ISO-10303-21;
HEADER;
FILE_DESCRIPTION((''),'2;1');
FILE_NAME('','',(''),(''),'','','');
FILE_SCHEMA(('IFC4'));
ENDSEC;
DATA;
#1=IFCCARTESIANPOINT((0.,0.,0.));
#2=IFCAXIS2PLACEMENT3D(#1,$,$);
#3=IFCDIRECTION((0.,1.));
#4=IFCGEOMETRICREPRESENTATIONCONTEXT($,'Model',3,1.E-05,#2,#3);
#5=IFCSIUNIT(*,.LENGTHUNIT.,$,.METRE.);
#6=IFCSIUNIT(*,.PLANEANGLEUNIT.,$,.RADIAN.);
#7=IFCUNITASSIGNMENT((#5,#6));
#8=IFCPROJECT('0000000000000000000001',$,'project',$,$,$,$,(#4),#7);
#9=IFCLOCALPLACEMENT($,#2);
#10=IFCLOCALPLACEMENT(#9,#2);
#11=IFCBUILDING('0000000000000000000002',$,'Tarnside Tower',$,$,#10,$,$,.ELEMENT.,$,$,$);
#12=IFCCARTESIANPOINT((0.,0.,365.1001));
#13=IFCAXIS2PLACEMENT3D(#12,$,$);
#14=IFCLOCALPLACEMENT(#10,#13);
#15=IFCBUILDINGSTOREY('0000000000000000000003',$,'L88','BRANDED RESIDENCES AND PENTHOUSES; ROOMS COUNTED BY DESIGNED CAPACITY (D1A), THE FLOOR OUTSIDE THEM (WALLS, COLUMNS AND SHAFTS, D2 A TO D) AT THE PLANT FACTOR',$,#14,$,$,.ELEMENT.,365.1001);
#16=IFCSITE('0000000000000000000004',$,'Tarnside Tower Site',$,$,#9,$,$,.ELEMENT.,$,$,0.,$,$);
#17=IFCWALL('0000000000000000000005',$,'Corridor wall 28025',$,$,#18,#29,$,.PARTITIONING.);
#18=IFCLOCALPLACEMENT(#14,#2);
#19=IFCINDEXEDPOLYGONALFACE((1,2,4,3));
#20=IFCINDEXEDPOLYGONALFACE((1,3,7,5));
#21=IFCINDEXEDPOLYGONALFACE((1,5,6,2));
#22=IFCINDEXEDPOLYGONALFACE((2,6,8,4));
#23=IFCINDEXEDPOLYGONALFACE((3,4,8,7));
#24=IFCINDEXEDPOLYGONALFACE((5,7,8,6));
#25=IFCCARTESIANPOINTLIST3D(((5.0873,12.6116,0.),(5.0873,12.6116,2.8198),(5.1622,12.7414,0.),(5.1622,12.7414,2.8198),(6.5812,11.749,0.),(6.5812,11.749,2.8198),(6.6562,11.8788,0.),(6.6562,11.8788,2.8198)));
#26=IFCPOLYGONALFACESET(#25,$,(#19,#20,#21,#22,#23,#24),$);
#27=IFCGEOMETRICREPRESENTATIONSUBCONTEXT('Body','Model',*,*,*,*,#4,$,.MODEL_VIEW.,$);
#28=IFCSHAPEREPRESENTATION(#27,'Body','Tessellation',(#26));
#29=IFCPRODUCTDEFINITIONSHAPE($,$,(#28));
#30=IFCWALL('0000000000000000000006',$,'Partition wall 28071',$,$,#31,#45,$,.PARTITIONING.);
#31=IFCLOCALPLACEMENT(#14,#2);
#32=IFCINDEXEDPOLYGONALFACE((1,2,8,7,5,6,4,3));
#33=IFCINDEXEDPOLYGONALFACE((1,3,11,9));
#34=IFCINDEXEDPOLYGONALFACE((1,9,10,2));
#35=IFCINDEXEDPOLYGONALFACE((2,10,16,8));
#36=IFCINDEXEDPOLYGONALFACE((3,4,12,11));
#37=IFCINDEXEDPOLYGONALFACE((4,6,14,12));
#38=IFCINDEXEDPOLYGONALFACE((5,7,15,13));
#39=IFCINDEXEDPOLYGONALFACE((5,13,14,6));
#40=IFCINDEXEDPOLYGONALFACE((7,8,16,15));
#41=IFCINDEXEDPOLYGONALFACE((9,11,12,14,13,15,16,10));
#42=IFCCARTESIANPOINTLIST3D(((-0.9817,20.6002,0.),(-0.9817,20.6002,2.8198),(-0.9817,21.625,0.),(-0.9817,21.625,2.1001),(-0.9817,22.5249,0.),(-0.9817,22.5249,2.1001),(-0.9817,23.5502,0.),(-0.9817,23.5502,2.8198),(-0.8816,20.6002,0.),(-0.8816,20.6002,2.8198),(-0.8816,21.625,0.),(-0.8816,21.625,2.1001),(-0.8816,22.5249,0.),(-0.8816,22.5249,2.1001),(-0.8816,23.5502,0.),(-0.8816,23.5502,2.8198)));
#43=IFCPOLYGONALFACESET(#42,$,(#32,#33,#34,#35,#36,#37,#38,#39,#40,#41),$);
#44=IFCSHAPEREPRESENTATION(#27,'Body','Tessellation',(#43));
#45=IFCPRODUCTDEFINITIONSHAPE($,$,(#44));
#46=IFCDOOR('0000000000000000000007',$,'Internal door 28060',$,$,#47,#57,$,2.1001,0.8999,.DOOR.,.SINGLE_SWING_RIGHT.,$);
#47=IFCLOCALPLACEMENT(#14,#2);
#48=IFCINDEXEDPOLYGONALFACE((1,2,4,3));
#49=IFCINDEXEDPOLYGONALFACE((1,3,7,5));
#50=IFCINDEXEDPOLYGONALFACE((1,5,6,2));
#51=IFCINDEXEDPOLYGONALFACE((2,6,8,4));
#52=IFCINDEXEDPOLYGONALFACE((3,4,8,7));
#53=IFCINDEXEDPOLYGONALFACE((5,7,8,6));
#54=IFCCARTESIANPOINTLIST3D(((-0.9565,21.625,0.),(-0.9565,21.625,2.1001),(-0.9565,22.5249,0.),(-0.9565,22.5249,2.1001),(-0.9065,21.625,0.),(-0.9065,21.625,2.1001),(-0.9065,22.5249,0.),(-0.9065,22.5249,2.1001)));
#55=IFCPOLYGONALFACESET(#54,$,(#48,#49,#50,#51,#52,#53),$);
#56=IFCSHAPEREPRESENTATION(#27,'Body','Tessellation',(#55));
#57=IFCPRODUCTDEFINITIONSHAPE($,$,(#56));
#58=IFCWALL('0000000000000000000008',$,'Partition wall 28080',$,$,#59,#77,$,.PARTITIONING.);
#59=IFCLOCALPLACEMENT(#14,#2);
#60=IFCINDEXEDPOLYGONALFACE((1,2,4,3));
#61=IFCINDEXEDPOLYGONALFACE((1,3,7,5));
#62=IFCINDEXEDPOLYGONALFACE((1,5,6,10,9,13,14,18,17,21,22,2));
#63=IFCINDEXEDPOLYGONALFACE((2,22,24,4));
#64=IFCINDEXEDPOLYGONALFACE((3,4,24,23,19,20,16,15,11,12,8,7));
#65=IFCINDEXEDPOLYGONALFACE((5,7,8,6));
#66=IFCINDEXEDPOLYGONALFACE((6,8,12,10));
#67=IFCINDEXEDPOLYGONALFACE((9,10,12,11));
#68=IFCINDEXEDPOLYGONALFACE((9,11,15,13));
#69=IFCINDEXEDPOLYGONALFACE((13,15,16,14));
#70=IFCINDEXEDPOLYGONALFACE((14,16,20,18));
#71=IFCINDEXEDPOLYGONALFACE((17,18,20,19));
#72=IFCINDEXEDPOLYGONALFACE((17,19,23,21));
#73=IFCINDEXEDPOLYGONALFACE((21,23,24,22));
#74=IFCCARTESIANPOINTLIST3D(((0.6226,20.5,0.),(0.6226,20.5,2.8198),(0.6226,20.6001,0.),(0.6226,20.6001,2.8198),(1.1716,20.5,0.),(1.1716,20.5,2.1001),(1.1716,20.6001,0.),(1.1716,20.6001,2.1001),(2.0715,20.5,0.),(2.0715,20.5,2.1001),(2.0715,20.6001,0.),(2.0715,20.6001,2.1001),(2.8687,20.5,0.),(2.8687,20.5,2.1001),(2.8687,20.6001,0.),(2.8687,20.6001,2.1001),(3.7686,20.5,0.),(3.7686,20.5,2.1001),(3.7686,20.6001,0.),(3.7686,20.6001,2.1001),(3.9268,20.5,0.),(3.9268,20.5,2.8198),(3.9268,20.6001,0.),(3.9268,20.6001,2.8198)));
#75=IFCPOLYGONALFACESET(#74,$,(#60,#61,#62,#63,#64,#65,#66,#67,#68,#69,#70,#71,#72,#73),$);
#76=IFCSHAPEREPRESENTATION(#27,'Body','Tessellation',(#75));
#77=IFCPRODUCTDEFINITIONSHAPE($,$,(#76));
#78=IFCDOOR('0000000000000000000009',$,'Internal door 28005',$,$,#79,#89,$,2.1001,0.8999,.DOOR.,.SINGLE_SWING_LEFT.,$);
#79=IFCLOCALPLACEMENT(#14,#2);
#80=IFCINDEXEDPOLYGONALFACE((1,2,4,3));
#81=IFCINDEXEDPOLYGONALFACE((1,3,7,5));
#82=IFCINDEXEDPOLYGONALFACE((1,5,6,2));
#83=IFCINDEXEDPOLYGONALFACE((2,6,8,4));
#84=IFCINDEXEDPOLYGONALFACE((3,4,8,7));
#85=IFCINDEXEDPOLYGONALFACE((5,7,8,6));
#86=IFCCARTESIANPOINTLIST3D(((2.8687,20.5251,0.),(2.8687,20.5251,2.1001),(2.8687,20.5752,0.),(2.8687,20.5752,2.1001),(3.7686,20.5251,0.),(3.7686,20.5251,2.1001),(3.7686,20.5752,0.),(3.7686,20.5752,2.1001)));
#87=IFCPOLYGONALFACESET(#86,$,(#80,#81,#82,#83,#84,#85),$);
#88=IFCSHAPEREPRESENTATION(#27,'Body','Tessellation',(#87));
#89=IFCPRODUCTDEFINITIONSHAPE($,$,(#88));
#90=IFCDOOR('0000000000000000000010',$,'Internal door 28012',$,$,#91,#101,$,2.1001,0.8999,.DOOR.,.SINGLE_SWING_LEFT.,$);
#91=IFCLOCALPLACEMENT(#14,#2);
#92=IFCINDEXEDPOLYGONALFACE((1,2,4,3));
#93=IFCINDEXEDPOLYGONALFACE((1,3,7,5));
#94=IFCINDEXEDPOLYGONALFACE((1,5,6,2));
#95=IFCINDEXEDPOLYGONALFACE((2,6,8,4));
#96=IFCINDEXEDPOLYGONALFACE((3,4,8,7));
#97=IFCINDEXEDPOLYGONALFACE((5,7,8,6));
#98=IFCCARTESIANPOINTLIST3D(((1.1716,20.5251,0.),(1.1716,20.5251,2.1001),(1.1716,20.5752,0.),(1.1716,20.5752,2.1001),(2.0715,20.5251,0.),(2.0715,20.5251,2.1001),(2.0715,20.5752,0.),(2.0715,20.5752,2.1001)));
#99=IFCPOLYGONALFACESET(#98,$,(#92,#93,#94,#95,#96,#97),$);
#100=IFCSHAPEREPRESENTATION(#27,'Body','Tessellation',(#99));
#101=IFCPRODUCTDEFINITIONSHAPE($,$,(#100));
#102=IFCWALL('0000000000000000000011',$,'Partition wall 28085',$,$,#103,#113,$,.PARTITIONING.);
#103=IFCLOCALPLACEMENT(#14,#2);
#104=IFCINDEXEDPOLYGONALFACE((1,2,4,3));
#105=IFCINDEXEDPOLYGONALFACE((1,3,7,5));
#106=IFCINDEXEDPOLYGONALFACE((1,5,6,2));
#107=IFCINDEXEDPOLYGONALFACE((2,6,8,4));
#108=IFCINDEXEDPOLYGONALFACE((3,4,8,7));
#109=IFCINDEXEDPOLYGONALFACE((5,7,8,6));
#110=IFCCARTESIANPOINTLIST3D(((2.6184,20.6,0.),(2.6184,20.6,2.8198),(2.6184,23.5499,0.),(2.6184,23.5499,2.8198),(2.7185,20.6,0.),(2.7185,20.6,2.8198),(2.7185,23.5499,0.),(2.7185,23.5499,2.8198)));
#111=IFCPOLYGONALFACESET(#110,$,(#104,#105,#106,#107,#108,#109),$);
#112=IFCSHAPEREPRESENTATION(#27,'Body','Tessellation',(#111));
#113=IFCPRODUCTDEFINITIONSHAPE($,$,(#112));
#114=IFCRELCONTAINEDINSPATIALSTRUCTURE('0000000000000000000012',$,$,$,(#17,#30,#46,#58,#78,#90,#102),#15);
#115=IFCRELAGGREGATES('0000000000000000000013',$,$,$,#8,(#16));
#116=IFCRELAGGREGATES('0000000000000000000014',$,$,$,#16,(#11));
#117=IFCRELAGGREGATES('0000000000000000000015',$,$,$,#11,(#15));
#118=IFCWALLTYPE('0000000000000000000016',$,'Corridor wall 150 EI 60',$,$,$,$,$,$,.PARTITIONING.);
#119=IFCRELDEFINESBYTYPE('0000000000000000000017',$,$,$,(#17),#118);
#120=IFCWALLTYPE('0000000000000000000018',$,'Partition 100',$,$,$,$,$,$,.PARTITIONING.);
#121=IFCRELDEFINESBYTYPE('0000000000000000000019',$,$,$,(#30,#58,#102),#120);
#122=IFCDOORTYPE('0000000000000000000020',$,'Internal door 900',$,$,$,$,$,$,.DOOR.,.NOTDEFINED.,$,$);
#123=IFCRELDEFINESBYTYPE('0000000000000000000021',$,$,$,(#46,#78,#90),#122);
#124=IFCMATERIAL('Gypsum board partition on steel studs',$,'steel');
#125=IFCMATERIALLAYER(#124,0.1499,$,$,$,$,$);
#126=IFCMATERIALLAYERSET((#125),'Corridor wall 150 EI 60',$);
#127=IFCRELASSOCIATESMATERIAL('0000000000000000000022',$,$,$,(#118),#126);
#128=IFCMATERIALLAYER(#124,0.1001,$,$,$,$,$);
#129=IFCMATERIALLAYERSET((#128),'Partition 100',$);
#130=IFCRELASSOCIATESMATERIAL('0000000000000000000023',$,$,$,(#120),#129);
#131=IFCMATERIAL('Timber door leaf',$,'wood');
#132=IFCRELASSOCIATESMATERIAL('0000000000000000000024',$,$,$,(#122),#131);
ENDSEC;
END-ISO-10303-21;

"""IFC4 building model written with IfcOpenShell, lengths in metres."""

from ifc_helpers import new_model, si_unit, direction, frame, frame_2d, origin, place, context, subcontext, project, spatial, rectangle, extrude, material, layer, layer_set, type_object, element, fill, save


model = new_model("IFC4")

# Units and contexts
model_context = context("Model", 3, precision=1e-05, world=origin(), true_north=direction((0.0, 1.0)))
body_context = subcontext(model_context, "Body", "Model", "MODEL_VIEW")
ifc_project = project(units=[si_unit("LENGTHUNIT", "METRE"), si_unit("PLANEANGLEUNIT", "RADIAN")], contexts=[model_context])

# Site, building, storey
site_placement = place(None, origin())
site = spatial("IfcSite", under=ifc_project, at=site_placement, Name="Tarnside Tower Site", CompositionType="ELEMENT", RefElevation=0.0)
building_placement = place(site_placement, origin())
building = spatial("IfcBuilding", under=site, at=building_placement, Name="Tarnside Tower", CompositionType="ELEMENT")
storey_placement = place(building_placement, frame((0.0, 0.0, 365.1001)))
storey = spatial("IfcBuildingStorey", under=building, at=storey_placement, Name="L88", Description="BRANDED RESIDENCES AND PENTHOUSES; ROOMS COUNTED BY DESIGNED CAPACITY (D1A), THE FLOOR OUTSIDE THEM (WALLS, COLUMNS AND SHAFTS, D2 A TO D) AT THE PLANT FACTOR", CompositionType="ELEMENT", Elevation=365.1001)

# Shared definitions
ifc_material_1 = material(Name="Gypsum board partition on steel studs", Category="steel")
ifc_material_2 = material(Name="Timber door leaf", Category="wood")

# Shared definitions
ifc_layer_1 = layer(ifc_material_1, 0.1499)
ifc_layer_set_1 = layer_set([ifc_layer_1], Name="Corridor wall 150 EI 60")
wall_type_1 = type_object("IfcWallType", Name="Corridor wall 150 EI 60", PredefinedType="PARTITIONING", material=ifc_layer_set_1)

# Wall
wall_1_placement = place(storey_placement, frame((5.1248, 12.6765, 0.0), z_axis=(0.0, 0.0, 1.0), x_axis=(0.866014, -0.500021, 0.0)))
element("IfcWall", 1, at=wall_1_placement, inside=storey, type_object=wall_type_1, Name="Corridor wall 28025", PredefinedType="PARTITIONING", context=body_context, shape_type="SweptSolid", body=[
    extrude(rectangle(XDim=1.7251, YDim=0.1499, at=frame_2d((0.8625, 0.0))), origin(), (0.0, 0.0, 1.0), 2.8198),
])

# Wall, opening, door
ifc_layer_2 = layer(ifc_material_1, 0.1001)
ifc_layer_set_2 = layer_set([ifc_layer_2], Name="Partition 100")
wall_type_2 = type_object("IfcWallType", Name="Partition 100", PredefinedType="PARTITIONING", material=ifc_layer_set_2)
wall_2_placement = place(storey_placement, frame((-0.9316, 20.6001, 0.0), z_axis=(0.0, 0.0, 1.0), x_axis=(0.0, 1.0, 0.0)))
wall_2 = element("IfcWall", 2, at=wall_2_placement, inside=storey, type_object=wall_type_2, Name="Partition wall 28071", PredefinedType="PARTITIONING", context=body_context, shape_type="SweptSolid", body=[
    extrude(rectangle(XDim=2.95, YDim=0.1001, at=frame_2d((1.4751, 0.0))), origin(), (0.0, 0.0, 1.0), 2.8198),
])
opening_1_placement = place(wall_2_placement, frame((1.0249, 0.0, 0.0)))
opening_1 = element("IfcOpeningElement", 3, at=opening_1_placement, cuts=wall_2, PredefinedType="OPENING", context=body_context, shape_type="SweptSolid", body=[
    extrude(rectangle(XDim=0.8999, YDim=2.1001, at=frame_2d((0.45, 1.05))), frame((0.0, 0.0601, 0.0), z_axis=(0.0, -1.0, 0.0), x_axis=(1.0, 0.0, 0.0)), (0.0, 0.0, 1.0), 0.1201),
])
door_type_1 = type_object("IfcDoorType", Name="Internal door 900", OperationType="NOTDEFINED", PredefinedType="DOOR", material=ifc_material_2)
door_1_placement = place(opening_1_placement, origin())
door_1 = element("IfcDoor", 4, at=door_1_placement, inside=storey, type_object=door_type_1, Name="Internal door 28060", OperationType="SINGLE_SWING_RIGHT", OverallHeight=2.1001, OverallWidth=0.8999, PredefinedType="DOOR", context=body_context, shape_type="SweptSolid", body=[
    extrude(rectangle(XDim=0.8999, YDim=2.1001, at=frame_2d((0.45, 1.05))), frame((0.0, 0.0249, 0.0), z_axis=(0.0, -1.0, 0.0), x_axis=(1.0, 0.0, 0.0)), (0.0, 0.0, 1.0), 0.05),
])
fill(opening_1, door_1)

# Wall, openings, doors
wall_3_placement = place(storey_placement, frame((3.9268, 20.55, 0.0), z_axis=(0.0, 0.0, 1.0), x_axis=(-1.0, 0.0, 0.0)))
wall_3 = element("IfcWall", 5, at=wall_3_placement, inside=storey, type_object=wall_type_2, Name="Partition wall 28080", PredefinedType="PARTITIONING", context=body_context, shape_type="SweptSolid", body=[
    extrude(rectangle(XDim=3.3042, YDim=0.1001, at=frame_2d((1.6521, 0.0))), origin(), (0.0, 0.0, 1.0), 2.8198),
])
opening_2_placement = place(wall_3_placement, frame((0.1582, 0.0, 0.0)))
opening_2 = element("IfcOpeningElement", 6, at=opening_2_placement, cuts=wall_3, PredefinedType="OPENING", context=body_context, shape_type="SweptSolid", body=[
    extrude(rectangle(XDim=0.8999, YDim=2.1001, at=frame_2d((0.45, 1.05))), frame((0.0, 0.0601, 0.0), z_axis=(0.0, -1.0, 0.0), x_axis=(1.0, 0.0, 0.0)), (0.0, 0.0, 1.0), 0.1201),
])
opening_3_placement = place(wall_3_placement, frame((1.8552, 0.0, 0.0)))
opening_3 = element("IfcOpeningElement", 7, at=opening_3_placement, cuts=wall_3, PredefinedType="OPENING", context=body_context, shape_type="SweptSolid", body=[
    extrude(rectangle(XDim=0.8999, YDim=2.1001, at=frame_2d((0.45, 1.05))), frame((0.0, 0.0601, 0.0), z_axis=(0.0, -1.0, 0.0), x_axis=(1.0, 0.0, 0.0)), (0.0, 0.0, 1.0), 0.1201),
])
door_2_placement = place(opening_2_placement, origin())
door_2 = element("IfcDoor", 8, at=door_2_placement, inside=storey, type_object=door_type_1, Name="Internal door 28005", OperationType="SINGLE_SWING_LEFT", OverallHeight=2.1001, OverallWidth=0.8999, PredefinedType="DOOR", context=body_context, shape_type="SweptSolid", body=[
    extrude(rectangle(XDim=0.8999, YDim=2.1001, at=frame_2d((0.45, 1.05))), frame((0.0, 0.0249, 0.0), z_axis=(0.0, -1.0, 0.0), x_axis=(1.0, 0.0, 0.0)), (0.0, 0.0, 1.0), 0.05),
])
fill(opening_2, door_2)
door_3_placement = place(opening_3_placement, origin())
door_3 = element("IfcDoor", 9, at=door_3_placement, inside=storey, type_object=door_type_1, Name="Internal door 28012", OperationType="SINGLE_SWING_LEFT", OverallHeight=2.1001, OverallWidth=0.8999, PredefinedType="DOOR", context=body_context, shape_type="SweptSolid", body=[
    extrude(rectangle(XDim=0.8999, YDim=2.1001, at=frame_2d((0.45, 1.05))), frame((0.0, 0.0249, 0.0), z_axis=(0.0, -1.0, 0.0), x_axis=(1.0, 0.0, 0.0)), (0.0, 0.0, 1.0), 0.05),
])
fill(opening_3, door_3)

# Wall
wall_4_placement = place(storey_placement, frame((2.6685, 23.55, 0.0), z_axis=(0.0, 0.0, 1.0), x_axis=(0.0, -1.0, 0.0)))
element("IfcWall", 10, at=wall_4_placement, inside=storey, type_object=wall_type_2, Name="Partition wall 28085", PredefinedType="PARTITIONING", context=body_context, shape_type="SweptSolid", body=[
    extrude(rectangle(XDim=2.95, YDim=0.1001, at=frame_2d((1.4751, 0.0))), origin(), (0.0, 0.0, 1.0), 2.8198),
])

save(model, "model.ifc")
